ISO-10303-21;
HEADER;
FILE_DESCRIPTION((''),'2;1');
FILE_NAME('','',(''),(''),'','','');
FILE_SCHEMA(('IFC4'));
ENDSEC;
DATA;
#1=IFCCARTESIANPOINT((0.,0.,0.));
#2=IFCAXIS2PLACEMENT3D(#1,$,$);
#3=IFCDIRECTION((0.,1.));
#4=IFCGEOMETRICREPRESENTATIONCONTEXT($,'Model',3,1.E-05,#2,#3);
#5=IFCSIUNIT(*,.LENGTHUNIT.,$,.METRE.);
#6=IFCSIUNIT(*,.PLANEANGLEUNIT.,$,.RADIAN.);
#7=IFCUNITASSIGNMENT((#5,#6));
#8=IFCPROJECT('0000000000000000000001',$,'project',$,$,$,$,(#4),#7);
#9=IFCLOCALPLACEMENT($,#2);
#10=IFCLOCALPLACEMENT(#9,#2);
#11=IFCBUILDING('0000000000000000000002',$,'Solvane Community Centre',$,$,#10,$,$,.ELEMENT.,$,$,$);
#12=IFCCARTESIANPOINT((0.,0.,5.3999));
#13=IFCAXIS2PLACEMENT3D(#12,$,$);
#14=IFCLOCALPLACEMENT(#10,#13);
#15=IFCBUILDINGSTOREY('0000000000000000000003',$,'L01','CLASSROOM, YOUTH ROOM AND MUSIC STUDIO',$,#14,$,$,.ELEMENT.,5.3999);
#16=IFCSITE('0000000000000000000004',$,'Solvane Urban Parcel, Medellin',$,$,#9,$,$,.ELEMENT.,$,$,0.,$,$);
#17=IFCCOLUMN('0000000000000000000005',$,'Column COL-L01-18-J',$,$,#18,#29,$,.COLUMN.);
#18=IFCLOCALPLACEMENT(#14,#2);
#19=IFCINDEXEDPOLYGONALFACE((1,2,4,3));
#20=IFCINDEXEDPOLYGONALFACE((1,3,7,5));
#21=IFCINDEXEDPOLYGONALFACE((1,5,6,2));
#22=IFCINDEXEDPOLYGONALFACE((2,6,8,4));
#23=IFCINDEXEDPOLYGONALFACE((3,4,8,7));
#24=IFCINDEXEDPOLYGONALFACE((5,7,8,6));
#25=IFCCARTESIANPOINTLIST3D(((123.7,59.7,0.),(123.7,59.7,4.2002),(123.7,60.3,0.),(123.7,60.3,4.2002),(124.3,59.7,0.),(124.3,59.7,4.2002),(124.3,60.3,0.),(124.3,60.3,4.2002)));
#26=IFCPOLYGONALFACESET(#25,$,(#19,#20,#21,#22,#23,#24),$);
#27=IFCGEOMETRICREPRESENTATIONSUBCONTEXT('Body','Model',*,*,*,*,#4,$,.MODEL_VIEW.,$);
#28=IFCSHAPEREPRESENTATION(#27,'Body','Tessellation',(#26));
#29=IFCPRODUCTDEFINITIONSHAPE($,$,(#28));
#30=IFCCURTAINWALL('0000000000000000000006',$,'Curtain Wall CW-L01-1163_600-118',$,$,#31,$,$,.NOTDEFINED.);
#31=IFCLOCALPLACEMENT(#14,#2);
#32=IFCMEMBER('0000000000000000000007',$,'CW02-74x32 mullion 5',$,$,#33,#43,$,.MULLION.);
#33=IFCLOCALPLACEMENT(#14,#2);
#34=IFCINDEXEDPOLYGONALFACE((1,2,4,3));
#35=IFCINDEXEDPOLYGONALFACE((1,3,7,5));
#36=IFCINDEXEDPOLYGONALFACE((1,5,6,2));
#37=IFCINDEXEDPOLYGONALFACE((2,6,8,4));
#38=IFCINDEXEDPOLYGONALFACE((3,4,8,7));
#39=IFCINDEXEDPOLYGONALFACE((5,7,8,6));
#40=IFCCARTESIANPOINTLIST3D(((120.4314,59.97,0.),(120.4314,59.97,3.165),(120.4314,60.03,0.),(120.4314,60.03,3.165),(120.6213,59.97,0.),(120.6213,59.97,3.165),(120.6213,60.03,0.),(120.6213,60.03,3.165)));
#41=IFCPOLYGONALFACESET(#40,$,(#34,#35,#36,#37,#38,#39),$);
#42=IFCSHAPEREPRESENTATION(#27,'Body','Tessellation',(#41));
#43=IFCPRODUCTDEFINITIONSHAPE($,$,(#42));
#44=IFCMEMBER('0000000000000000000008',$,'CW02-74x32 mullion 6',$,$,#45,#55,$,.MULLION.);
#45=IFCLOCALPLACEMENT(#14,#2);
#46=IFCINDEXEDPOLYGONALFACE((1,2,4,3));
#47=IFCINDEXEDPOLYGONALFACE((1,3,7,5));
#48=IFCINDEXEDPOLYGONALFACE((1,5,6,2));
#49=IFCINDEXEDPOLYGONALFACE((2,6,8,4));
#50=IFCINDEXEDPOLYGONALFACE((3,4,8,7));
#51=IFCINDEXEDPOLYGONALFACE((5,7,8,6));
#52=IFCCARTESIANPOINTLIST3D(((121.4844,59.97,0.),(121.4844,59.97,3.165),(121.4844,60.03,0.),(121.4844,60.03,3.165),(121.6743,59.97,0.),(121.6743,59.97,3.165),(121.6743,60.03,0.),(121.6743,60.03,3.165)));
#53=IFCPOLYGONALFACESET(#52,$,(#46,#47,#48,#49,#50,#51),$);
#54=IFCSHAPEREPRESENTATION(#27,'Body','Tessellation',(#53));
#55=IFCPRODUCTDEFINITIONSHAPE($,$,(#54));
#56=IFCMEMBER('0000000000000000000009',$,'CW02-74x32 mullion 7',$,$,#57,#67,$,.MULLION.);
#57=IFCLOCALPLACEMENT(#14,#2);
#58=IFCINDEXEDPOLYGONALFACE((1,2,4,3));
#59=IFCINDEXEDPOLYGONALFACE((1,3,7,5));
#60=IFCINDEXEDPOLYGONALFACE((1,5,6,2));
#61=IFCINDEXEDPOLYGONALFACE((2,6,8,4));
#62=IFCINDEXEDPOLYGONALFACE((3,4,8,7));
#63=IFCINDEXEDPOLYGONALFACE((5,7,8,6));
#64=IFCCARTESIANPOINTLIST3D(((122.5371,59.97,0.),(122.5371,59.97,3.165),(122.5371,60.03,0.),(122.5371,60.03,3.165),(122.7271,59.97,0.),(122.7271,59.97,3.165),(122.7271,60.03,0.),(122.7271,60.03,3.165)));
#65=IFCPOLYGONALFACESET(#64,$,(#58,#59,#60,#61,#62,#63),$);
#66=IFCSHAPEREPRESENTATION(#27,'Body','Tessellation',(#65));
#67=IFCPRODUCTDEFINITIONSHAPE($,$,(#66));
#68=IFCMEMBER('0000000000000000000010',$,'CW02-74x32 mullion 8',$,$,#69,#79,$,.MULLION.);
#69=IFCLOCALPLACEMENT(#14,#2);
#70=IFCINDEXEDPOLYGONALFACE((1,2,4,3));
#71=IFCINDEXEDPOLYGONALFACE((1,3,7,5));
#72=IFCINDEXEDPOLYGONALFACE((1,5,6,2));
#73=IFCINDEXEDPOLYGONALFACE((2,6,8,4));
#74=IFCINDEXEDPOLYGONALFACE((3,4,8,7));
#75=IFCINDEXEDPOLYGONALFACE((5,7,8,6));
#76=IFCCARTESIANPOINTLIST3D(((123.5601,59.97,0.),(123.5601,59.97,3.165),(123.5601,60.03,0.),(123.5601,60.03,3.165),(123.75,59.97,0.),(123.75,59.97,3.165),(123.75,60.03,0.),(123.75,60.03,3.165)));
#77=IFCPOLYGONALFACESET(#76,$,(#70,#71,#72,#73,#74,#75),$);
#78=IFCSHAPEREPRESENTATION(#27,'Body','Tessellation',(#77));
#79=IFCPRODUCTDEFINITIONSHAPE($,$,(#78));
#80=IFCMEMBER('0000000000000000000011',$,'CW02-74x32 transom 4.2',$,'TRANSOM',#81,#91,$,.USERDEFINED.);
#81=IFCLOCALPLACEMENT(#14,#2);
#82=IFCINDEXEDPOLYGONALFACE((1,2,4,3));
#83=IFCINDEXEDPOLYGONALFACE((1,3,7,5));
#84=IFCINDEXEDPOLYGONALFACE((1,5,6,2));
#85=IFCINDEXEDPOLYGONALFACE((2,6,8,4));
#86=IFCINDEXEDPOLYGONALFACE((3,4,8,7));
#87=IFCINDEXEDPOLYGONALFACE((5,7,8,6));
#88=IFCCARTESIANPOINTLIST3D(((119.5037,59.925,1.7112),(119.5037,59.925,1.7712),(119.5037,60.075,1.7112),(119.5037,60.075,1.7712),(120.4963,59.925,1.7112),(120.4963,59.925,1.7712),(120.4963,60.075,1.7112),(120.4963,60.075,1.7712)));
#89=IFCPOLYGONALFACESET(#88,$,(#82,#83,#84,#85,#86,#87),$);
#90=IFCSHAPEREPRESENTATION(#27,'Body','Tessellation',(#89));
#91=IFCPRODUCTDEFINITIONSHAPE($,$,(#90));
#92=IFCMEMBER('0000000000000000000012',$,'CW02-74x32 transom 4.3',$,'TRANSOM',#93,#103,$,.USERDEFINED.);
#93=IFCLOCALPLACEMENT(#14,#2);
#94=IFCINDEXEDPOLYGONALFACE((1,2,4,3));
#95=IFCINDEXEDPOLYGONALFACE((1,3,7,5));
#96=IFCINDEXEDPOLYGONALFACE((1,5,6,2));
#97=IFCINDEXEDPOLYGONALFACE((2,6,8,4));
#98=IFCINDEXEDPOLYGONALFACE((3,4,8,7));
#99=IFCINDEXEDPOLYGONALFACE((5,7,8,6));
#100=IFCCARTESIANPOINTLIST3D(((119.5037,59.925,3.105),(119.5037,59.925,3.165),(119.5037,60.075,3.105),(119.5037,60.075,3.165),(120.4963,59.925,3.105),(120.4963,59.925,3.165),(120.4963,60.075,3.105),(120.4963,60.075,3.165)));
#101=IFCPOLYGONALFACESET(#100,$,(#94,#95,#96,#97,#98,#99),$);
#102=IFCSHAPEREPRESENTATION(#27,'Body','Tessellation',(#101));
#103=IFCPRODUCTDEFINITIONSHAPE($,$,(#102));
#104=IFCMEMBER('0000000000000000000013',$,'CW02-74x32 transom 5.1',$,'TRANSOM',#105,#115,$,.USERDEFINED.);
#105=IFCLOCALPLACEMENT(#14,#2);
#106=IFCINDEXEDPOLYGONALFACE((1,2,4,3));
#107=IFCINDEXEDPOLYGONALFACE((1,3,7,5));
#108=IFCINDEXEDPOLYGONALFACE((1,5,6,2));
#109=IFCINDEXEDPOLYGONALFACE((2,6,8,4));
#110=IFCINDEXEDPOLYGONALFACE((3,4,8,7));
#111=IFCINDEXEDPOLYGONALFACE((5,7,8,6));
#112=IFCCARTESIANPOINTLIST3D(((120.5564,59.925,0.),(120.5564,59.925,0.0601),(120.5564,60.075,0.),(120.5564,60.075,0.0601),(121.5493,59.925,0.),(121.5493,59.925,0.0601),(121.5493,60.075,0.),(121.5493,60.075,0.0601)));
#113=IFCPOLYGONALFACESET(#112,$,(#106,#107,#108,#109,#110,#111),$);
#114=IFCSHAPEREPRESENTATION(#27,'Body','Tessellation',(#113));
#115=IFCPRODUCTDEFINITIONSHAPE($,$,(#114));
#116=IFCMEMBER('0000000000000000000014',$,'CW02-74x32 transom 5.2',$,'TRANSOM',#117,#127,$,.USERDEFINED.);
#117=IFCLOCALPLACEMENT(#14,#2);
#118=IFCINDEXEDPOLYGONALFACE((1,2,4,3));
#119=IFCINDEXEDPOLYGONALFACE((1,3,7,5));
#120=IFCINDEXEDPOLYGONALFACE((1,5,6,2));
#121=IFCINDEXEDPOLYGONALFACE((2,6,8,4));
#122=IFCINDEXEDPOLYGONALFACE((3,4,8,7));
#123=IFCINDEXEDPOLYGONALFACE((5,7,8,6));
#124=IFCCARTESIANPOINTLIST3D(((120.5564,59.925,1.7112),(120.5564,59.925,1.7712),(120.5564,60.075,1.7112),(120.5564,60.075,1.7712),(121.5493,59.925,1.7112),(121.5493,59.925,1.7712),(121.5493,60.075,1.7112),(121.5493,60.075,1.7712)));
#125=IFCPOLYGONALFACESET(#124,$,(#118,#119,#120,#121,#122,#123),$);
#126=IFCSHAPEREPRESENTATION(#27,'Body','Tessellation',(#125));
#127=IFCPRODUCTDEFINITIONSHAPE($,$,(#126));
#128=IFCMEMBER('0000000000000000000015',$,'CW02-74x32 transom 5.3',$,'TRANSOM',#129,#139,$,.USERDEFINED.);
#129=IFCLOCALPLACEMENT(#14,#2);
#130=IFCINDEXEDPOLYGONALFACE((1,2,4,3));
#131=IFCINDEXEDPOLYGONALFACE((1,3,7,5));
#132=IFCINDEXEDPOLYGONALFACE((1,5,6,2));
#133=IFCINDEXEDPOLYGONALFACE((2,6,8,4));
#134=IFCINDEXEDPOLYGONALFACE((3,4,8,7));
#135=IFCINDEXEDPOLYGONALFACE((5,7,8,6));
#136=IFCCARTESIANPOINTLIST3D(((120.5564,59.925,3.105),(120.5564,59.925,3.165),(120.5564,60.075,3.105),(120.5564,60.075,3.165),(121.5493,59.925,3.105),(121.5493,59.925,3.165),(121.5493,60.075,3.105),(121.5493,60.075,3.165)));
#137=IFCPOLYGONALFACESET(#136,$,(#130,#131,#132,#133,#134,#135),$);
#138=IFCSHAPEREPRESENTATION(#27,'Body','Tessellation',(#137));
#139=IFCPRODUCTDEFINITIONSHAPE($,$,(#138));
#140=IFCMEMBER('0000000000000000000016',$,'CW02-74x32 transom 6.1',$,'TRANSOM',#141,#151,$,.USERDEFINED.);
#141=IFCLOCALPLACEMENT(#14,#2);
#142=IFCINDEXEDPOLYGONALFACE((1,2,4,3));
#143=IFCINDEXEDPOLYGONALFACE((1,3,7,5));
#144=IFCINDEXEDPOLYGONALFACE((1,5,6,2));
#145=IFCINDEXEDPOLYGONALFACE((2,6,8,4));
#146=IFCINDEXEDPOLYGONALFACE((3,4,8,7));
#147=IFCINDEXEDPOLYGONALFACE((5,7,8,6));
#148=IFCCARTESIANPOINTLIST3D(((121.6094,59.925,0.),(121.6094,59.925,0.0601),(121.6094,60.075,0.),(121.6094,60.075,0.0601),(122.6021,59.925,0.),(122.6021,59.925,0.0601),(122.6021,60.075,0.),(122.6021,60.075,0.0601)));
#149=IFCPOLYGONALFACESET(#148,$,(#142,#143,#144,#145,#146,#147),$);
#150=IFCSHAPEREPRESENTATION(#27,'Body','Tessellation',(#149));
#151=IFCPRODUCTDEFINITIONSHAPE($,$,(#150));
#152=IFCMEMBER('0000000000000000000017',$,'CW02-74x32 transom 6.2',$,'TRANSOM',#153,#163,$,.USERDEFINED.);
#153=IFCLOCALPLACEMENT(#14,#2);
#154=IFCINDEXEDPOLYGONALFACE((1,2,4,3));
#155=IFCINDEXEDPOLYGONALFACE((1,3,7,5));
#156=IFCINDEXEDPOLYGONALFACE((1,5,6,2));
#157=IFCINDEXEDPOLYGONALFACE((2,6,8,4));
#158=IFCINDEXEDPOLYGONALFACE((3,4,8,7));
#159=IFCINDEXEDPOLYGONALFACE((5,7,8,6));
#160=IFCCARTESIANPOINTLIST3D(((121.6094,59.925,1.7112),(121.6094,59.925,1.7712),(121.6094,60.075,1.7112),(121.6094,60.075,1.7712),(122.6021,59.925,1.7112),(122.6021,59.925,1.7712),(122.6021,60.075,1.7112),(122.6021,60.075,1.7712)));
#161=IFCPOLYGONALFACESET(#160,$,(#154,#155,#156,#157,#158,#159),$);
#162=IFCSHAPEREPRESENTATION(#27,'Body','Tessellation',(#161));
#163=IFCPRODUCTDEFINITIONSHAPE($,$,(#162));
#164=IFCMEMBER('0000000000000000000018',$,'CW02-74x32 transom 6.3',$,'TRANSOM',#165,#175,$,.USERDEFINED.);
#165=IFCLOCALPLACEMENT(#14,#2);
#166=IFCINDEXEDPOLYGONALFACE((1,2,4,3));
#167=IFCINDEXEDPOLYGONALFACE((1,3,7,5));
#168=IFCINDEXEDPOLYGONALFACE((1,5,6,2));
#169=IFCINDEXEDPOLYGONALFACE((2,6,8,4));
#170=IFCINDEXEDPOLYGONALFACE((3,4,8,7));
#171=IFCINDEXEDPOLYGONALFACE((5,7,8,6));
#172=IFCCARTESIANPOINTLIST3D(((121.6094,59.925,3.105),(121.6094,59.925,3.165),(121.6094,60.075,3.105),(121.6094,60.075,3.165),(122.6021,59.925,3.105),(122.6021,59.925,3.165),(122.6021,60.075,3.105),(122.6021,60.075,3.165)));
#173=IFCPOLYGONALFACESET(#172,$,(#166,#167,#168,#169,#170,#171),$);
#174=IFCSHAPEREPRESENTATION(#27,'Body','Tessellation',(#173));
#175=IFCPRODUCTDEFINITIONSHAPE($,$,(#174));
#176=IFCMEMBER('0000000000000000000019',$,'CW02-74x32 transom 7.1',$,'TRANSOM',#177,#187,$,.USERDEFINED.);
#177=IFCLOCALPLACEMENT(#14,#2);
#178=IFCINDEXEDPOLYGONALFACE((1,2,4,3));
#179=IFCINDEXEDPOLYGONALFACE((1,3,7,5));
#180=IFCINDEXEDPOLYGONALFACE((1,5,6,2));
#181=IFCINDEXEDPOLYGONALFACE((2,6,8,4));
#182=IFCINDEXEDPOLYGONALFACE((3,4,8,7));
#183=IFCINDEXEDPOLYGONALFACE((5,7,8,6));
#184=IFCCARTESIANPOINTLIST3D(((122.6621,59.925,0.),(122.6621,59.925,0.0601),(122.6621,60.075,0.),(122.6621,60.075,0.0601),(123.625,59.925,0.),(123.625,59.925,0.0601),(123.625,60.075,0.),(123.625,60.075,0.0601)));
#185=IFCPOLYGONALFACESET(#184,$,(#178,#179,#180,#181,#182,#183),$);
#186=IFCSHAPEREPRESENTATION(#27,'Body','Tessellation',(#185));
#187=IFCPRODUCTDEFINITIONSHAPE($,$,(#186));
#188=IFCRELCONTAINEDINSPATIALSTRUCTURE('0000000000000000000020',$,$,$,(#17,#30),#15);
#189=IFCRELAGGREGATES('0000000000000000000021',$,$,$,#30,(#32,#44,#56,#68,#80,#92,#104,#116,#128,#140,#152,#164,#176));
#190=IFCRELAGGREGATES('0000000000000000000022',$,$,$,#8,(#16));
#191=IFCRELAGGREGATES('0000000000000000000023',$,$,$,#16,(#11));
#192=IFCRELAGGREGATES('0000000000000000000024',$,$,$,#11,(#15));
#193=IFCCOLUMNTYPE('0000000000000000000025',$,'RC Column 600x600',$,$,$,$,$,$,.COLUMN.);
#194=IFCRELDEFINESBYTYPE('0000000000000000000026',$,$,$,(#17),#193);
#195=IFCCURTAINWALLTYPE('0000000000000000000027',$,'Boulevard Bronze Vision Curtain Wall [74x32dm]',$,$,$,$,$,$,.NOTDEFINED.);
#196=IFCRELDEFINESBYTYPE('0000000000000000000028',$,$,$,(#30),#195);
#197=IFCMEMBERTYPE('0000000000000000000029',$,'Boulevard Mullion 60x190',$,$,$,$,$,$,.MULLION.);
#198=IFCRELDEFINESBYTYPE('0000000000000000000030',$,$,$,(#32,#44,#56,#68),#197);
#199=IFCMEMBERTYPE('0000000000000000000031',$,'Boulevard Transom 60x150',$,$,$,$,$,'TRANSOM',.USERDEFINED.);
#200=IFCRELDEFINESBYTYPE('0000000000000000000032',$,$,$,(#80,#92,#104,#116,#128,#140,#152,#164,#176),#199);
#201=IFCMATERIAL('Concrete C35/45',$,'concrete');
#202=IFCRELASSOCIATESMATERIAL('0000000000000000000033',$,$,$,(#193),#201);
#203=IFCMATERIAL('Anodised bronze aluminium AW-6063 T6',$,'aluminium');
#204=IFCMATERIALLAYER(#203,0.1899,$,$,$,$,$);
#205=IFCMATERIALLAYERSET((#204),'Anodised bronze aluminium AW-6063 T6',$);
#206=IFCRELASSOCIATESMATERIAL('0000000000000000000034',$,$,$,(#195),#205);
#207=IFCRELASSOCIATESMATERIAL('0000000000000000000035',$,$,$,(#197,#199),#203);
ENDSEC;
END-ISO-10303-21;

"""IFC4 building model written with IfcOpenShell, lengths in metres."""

from ifc_helpers import new_model, si_unit, direction, frame, origin, origin_2d, place, context, subcontext, project, spatial, rectangle, extrude, material, layer, layer_set, material_profile, profile_set, type_object, element, aggregate, save


model = new_model("IFC4")

# Units and contexts
model_context = context("Model", 3, precision=1e-05, world=origin(), true_north=direction((0.0, 1.0)))
body_context = subcontext(model_context, "Body", "Model", "MODEL_VIEW")
ifc_project = project(units=[si_unit("LENGTHUNIT", "METRE"), si_unit("PLANEANGLEUNIT", "RADIAN")], contexts=[model_context])

# Site, building, storey
site_placement = place(None, origin())
site = spatial("IfcSite", under=ifc_project, at=site_placement, Name="Solvane Urban Parcel, Medellin", CompositionType="ELEMENT", RefElevation=0.0)
building_placement = place(site_placement, origin())
building = spatial("IfcBuilding", under=site, at=building_placement, Name="Solvane Community Centre", CompositionType="ELEMENT")
storey_placement = place(building_placement, frame((0.0, 0.0, 5.3999)))
storey = spatial("IfcBuildingStorey", under=building, at=storey_placement, Name="L01", Description="CLASSROOM, YOUTH ROOM AND MUSIC STUDIO", CompositionType="ELEMENT", Elevation=5.3999)

# Column
ifc_material_1 = material(Name="Concrete C35/45", Category="concrete")
ifc_material_profile_1 = material_profile(ifc_material_1, rectangle(XDim=0.6001, YDim=0.6001, at=origin_2d()), Name="RC 600x600")
ifc_profile_set_1 = profile_set([ifc_material_profile_1], Name="Concrete C35/45")
column_type = type_object("IfcColumnType", Name="RC Column 600x600", PredefinedType="COLUMN", material=ifc_profile_set_1)
column_placement = place(storey_placement, frame((124.0, 60.0, 0.0), z_axis=(0.0, 0.0, 1.0), x_axis=(1.0, 0.0, 0.0)))
element("IfcColumn", 1, at=column_placement, inside=storey, type_object=column_type, Name="Column COL-L01-18-J", PredefinedType="COLUMN", context=body_context, shape_type="SweptSolid", body=[
    extrude(rectangle(XDim=0.6001, YDim=0.6001, at=origin_2d()), origin(), (0.0, 0.0, 1.0), 4.2002),
])

# Curtain wall, members
ifc_material_2 = material(Name="Anodised bronze aluminium AW-6063 T6", Category="aluminium")
ifc_layer_1 = layer(ifc_material_2, 0.1899)
ifc_layer_set_1 = layer_set([ifc_layer_1], Name="Anodised bronze aluminium AW-6063 T6")
curtain_wall_type = type_object("IfcCurtainWallType", Name="Boulevard Bronze Vision Curtain Wall [74x32dm]", PredefinedType="NOTDEFINED", material=ifc_layer_set_1)
curtain_wall_placement = place(storey_placement, origin())
curtain_wall = element("IfcCurtainWall", 2, at=curtain_wall_placement, inside=storey, type_object=curtain_wall_type, Name="Curtain Wall CW-L01-1163_600-118", PredefinedType="NOTDEFINED")
ifc_material_profile_2 = material_profile(ifc_material_2, rectangle(XDim=0.0601, YDim=0.1899, at=origin_2d()), Name="CW-M 60x190")
ifc_profile_set_2 = profile_set([ifc_material_profile_2], Name="Anodised bronze aluminium AW-6063 T6")
member_type_1 = type_object("IfcMemberType", Name="Boulevard Mullion 60x190", PredefinedType="MULLION", material=ifc_profile_set_2)
member_1_placement = place(storey_placement, frame((120.5264, 60.0, 0.0), z_axis=(0.0, 0.0, 1.0), x_axis=(0.0, 1.0, 0.0)))
member_1 = element("IfcMember", 3, at=member_1_placement, type_object=member_type_1, Name="CW02-74x32 mullion 5", PredefinedType="MULLION", context=body_context, shape_type="SweptSolid", body=[
    extrude(rectangle(XDim=0.0601, YDim=0.1899, at=origin_2d()), origin(), (0.0, 0.0, 1.0), 3.165),
])
member_2_placement = place(storey_placement, frame((121.5793, 60.0, 0.0), z_axis=(0.0, 0.0, 1.0), x_axis=(0.0, 1.0, 0.0)))
member_2 = element("IfcMember", 4, at=member_2_placement, type_object=member_type_1, Name="CW02-74x32 mullion 6", PredefinedType="MULLION", context=body_context, shape_type="SweptSolid", body=[
    extrude(rectangle(XDim=0.0601, YDim=0.1899, at=origin_2d()), origin(), (0.0, 0.0, 1.0), 3.165),
])
member_3_placement = place(storey_placement, frame((122.6321, 60.0, 0.0), z_axis=(0.0, 0.0, 1.0), x_axis=(0.0, 1.0, 0.0)))
member_3 = element("IfcMember", 5, at=member_3_placement, type_object=member_type_1, Name="CW02-74x32 mullion 7", PredefinedType="MULLION", context=body_context, shape_type="SweptSolid", body=[
    extrude(rectangle(XDim=0.0601, YDim=0.1899, at=origin_2d()), origin(), (0.0, 0.0, 1.0), 3.165),
])
member_4_placement = place(storey_placement, frame((123.655, 60.0, 0.0), z_axis=(0.0, 0.0, 1.0), x_axis=(0.0, 1.0, 0.0)))
member_4 = element("IfcMember", 6, at=member_4_placement, type_object=member_type_1, Name="CW02-74x32 mullion 8", PredefinedType="MULLION", context=body_context, shape_type="SweptSolid", body=[
    extrude(rectangle(XDim=0.0601, YDim=0.1899, at=origin_2d()), origin(), (0.0, 0.0, 1.0), 3.165),
])
ifc_material_profile_3 = material_profile(ifc_material_2, rectangle(XDim=0.1499, YDim=0.0601, at=origin_2d()), Name="CW-T 60x150")
ifc_profile_set_3 = profile_set([ifc_material_profile_3], Name="Anodised bronze aluminium AW-6063 T6")
member_type_2 = type_object("IfcMemberType", Name="Boulevard Transom 60x150", ElementType="TRANSOM", PredefinedType="USERDEFINED", material=ifc_profile_set_3)
member_5_placement = place(storey_placement, frame((119.5037, 60.0, 1.7412), z_axis=(1.0, 0.0, 0.0), x_axis=(0.0, 1.0, 0.0)))
member_5 = element("IfcMember", 7, at=member_5_placement, type_object=member_type_2, Name="CW02-74x32 transom 4.2", ObjectType="TRANSOM", PredefinedType="USERDEFINED", context=body_context, shape_type="SweptSolid", body=[
    extrude(rectangle(XDim=0.1499, YDim=0.0601, at=origin_2d()), origin(), (0.0, 0.0, 1.0), 0.9927),
])
member_6_placement = place(storey_placement, frame((119.5037, 60.0, 3.135), z_axis=(1.0, 0.0, 0.0), x_axis=(0.0, 1.0, 0.0)))
member_6 = element("IfcMember", 8, at=member_6_placement, type_object=member_type_2, Name="CW02-74x32 transom 4.3", ObjectType="TRANSOM", PredefinedType="USERDEFINED", context=body_context, shape_type="SweptSolid", body=[
    extrude(rectangle(XDim=0.1499, YDim=0.0601, at=origin_2d()), origin(), (0.0, 0.0, 1.0), 0.9927),
])
member_7_placement = place(storey_placement, frame((120.5564, 60.0, 0.03), z_axis=(1.0, 0.0, 0.0), x_axis=(0.0, 1.0, 0.0)))
member_7 = element("IfcMember", 9, at=member_7_placement, type_object=member_type_2, Name="CW02-74x32 transom 5.1", ObjectType="TRANSOM", PredefinedType="USERDEFINED", context=body_context, shape_type="SweptSolid", body=[
    extrude(rectangle(XDim=0.1499, YDim=0.0601, at=origin_2d()), origin(), (0.0, 0.0, 1.0), 0.9929),
])
member_8_placement = place(storey_placement, frame((120.5564, 60.0, 1.7412), z_axis=(1.0, 0.0, 0.0), x_axis=(0.0, 1.0, 0.0)))
member_8 = element("IfcMember", 10, at=member_8_placement, type_object=member_type_2, Name="CW02-74x32 transom 5.2", ObjectType="TRANSOM", PredefinedType="USERDEFINED", context=body_context, shape_type="SweptSolid", body=[
    extrude(rectangle(XDim=0.1499, YDim=0.0601, at=origin_2d()), origin(), (0.0, 0.0, 1.0), 0.9929),
])
member_9_placement = place(storey_placement, frame((120.5564, 60.0, 3.135), z_axis=(1.0, 0.0, 0.0), x_axis=(0.0, 1.0, 0.0)))
member_9 = element("IfcMember", 11, at=member_9_placement, type_object=member_type_2, Name="CW02-74x32 transom 5.3", ObjectType="TRANSOM", PredefinedType="USERDEFINED", context=body_context, shape_type="SweptSolid", body=[
    extrude(rectangle(XDim=0.1499, YDim=0.0601, at=origin_2d()), origin(), (0.0, 0.0, 1.0), 0.9929),
])
member_10_placement = place(storey_placement, frame((121.6094, 60.0, 0.03), z_axis=(1.0, 0.0, 0.0), x_axis=(0.0, 1.0, 0.0)))
member_10 = element("IfcMember", 12, at=member_10_placement, type_object=member_type_2, Name="CW02-74x32 transom 6.1", ObjectType="TRANSOM", PredefinedType="USERDEFINED", context=body_context, shape_type="SweptSolid", body=[
    extrude(rectangle(XDim=0.1499, YDim=0.0601, at=origin_2d()), origin(), (0.0, 0.0, 1.0), 0.9927),
])
member_11_placement = place(storey_placement, frame((121.6094, 60.0, 1.7412), z_axis=(1.0, 0.0, 0.0), x_axis=(0.0, 1.0, 0.0)))
member_11 = element("IfcMember", 13, at=member_11_placement, type_object=member_type_2, Name="CW02-74x32 transom 6.2", ObjectType="TRANSOM", PredefinedType="USERDEFINED", context=body_context, shape_type="SweptSolid", body=[
    extrude(rectangle(XDim=0.1499, YDim=0.0601, at=origin_2d()), origin(), (0.0, 0.0, 1.0), 0.9927),
])
member_12_placement = place(storey_placement, frame((121.6094, 60.0, 3.135), z_axis=(1.0, 0.0, 0.0), x_axis=(0.0, 1.0, 0.0)))
member_12 = element("IfcMember", 14, at=member_12_placement, type_object=member_type_2, Name="CW02-74x32 transom 6.3", ObjectType="TRANSOM", PredefinedType="USERDEFINED", context=body_context, shape_type="SweptSolid", body=[
    extrude(rectangle(XDim=0.1499, YDim=0.0601, at=origin_2d()), origin(), (0.0, 0.0, 1.0), 0.9927),
])
member_13_placement = place(storey_placement, frame((122.6621, 60.0, 0.03), z_axis=(1.0, 0.0, 0.0), x_axis=(0.0, 1.0, 0.0)))
member_13 = element("IfcMember", 15, at=member_13_placement, type_object=member_type_2, Name="CW02-74x32 transom 7.1", ObjectType="TRANSOM", PredefinedType="USERDEFINED", context=body_context, shape_type="SweptSolid", body=[
    extrude(rectangle(XDim=0.1499, YDim=0.0601, at=origin_2d()), origin(), (0.0, 0.0, 1.0), 0.9629),
])

aggregate(curtain_wall, [member_1, member_2, member_3, member_4, member_5, member_6, member_7, member_8, member_9, member_10, member_11, member_12, member_13])

save(model, "model.ifc")
